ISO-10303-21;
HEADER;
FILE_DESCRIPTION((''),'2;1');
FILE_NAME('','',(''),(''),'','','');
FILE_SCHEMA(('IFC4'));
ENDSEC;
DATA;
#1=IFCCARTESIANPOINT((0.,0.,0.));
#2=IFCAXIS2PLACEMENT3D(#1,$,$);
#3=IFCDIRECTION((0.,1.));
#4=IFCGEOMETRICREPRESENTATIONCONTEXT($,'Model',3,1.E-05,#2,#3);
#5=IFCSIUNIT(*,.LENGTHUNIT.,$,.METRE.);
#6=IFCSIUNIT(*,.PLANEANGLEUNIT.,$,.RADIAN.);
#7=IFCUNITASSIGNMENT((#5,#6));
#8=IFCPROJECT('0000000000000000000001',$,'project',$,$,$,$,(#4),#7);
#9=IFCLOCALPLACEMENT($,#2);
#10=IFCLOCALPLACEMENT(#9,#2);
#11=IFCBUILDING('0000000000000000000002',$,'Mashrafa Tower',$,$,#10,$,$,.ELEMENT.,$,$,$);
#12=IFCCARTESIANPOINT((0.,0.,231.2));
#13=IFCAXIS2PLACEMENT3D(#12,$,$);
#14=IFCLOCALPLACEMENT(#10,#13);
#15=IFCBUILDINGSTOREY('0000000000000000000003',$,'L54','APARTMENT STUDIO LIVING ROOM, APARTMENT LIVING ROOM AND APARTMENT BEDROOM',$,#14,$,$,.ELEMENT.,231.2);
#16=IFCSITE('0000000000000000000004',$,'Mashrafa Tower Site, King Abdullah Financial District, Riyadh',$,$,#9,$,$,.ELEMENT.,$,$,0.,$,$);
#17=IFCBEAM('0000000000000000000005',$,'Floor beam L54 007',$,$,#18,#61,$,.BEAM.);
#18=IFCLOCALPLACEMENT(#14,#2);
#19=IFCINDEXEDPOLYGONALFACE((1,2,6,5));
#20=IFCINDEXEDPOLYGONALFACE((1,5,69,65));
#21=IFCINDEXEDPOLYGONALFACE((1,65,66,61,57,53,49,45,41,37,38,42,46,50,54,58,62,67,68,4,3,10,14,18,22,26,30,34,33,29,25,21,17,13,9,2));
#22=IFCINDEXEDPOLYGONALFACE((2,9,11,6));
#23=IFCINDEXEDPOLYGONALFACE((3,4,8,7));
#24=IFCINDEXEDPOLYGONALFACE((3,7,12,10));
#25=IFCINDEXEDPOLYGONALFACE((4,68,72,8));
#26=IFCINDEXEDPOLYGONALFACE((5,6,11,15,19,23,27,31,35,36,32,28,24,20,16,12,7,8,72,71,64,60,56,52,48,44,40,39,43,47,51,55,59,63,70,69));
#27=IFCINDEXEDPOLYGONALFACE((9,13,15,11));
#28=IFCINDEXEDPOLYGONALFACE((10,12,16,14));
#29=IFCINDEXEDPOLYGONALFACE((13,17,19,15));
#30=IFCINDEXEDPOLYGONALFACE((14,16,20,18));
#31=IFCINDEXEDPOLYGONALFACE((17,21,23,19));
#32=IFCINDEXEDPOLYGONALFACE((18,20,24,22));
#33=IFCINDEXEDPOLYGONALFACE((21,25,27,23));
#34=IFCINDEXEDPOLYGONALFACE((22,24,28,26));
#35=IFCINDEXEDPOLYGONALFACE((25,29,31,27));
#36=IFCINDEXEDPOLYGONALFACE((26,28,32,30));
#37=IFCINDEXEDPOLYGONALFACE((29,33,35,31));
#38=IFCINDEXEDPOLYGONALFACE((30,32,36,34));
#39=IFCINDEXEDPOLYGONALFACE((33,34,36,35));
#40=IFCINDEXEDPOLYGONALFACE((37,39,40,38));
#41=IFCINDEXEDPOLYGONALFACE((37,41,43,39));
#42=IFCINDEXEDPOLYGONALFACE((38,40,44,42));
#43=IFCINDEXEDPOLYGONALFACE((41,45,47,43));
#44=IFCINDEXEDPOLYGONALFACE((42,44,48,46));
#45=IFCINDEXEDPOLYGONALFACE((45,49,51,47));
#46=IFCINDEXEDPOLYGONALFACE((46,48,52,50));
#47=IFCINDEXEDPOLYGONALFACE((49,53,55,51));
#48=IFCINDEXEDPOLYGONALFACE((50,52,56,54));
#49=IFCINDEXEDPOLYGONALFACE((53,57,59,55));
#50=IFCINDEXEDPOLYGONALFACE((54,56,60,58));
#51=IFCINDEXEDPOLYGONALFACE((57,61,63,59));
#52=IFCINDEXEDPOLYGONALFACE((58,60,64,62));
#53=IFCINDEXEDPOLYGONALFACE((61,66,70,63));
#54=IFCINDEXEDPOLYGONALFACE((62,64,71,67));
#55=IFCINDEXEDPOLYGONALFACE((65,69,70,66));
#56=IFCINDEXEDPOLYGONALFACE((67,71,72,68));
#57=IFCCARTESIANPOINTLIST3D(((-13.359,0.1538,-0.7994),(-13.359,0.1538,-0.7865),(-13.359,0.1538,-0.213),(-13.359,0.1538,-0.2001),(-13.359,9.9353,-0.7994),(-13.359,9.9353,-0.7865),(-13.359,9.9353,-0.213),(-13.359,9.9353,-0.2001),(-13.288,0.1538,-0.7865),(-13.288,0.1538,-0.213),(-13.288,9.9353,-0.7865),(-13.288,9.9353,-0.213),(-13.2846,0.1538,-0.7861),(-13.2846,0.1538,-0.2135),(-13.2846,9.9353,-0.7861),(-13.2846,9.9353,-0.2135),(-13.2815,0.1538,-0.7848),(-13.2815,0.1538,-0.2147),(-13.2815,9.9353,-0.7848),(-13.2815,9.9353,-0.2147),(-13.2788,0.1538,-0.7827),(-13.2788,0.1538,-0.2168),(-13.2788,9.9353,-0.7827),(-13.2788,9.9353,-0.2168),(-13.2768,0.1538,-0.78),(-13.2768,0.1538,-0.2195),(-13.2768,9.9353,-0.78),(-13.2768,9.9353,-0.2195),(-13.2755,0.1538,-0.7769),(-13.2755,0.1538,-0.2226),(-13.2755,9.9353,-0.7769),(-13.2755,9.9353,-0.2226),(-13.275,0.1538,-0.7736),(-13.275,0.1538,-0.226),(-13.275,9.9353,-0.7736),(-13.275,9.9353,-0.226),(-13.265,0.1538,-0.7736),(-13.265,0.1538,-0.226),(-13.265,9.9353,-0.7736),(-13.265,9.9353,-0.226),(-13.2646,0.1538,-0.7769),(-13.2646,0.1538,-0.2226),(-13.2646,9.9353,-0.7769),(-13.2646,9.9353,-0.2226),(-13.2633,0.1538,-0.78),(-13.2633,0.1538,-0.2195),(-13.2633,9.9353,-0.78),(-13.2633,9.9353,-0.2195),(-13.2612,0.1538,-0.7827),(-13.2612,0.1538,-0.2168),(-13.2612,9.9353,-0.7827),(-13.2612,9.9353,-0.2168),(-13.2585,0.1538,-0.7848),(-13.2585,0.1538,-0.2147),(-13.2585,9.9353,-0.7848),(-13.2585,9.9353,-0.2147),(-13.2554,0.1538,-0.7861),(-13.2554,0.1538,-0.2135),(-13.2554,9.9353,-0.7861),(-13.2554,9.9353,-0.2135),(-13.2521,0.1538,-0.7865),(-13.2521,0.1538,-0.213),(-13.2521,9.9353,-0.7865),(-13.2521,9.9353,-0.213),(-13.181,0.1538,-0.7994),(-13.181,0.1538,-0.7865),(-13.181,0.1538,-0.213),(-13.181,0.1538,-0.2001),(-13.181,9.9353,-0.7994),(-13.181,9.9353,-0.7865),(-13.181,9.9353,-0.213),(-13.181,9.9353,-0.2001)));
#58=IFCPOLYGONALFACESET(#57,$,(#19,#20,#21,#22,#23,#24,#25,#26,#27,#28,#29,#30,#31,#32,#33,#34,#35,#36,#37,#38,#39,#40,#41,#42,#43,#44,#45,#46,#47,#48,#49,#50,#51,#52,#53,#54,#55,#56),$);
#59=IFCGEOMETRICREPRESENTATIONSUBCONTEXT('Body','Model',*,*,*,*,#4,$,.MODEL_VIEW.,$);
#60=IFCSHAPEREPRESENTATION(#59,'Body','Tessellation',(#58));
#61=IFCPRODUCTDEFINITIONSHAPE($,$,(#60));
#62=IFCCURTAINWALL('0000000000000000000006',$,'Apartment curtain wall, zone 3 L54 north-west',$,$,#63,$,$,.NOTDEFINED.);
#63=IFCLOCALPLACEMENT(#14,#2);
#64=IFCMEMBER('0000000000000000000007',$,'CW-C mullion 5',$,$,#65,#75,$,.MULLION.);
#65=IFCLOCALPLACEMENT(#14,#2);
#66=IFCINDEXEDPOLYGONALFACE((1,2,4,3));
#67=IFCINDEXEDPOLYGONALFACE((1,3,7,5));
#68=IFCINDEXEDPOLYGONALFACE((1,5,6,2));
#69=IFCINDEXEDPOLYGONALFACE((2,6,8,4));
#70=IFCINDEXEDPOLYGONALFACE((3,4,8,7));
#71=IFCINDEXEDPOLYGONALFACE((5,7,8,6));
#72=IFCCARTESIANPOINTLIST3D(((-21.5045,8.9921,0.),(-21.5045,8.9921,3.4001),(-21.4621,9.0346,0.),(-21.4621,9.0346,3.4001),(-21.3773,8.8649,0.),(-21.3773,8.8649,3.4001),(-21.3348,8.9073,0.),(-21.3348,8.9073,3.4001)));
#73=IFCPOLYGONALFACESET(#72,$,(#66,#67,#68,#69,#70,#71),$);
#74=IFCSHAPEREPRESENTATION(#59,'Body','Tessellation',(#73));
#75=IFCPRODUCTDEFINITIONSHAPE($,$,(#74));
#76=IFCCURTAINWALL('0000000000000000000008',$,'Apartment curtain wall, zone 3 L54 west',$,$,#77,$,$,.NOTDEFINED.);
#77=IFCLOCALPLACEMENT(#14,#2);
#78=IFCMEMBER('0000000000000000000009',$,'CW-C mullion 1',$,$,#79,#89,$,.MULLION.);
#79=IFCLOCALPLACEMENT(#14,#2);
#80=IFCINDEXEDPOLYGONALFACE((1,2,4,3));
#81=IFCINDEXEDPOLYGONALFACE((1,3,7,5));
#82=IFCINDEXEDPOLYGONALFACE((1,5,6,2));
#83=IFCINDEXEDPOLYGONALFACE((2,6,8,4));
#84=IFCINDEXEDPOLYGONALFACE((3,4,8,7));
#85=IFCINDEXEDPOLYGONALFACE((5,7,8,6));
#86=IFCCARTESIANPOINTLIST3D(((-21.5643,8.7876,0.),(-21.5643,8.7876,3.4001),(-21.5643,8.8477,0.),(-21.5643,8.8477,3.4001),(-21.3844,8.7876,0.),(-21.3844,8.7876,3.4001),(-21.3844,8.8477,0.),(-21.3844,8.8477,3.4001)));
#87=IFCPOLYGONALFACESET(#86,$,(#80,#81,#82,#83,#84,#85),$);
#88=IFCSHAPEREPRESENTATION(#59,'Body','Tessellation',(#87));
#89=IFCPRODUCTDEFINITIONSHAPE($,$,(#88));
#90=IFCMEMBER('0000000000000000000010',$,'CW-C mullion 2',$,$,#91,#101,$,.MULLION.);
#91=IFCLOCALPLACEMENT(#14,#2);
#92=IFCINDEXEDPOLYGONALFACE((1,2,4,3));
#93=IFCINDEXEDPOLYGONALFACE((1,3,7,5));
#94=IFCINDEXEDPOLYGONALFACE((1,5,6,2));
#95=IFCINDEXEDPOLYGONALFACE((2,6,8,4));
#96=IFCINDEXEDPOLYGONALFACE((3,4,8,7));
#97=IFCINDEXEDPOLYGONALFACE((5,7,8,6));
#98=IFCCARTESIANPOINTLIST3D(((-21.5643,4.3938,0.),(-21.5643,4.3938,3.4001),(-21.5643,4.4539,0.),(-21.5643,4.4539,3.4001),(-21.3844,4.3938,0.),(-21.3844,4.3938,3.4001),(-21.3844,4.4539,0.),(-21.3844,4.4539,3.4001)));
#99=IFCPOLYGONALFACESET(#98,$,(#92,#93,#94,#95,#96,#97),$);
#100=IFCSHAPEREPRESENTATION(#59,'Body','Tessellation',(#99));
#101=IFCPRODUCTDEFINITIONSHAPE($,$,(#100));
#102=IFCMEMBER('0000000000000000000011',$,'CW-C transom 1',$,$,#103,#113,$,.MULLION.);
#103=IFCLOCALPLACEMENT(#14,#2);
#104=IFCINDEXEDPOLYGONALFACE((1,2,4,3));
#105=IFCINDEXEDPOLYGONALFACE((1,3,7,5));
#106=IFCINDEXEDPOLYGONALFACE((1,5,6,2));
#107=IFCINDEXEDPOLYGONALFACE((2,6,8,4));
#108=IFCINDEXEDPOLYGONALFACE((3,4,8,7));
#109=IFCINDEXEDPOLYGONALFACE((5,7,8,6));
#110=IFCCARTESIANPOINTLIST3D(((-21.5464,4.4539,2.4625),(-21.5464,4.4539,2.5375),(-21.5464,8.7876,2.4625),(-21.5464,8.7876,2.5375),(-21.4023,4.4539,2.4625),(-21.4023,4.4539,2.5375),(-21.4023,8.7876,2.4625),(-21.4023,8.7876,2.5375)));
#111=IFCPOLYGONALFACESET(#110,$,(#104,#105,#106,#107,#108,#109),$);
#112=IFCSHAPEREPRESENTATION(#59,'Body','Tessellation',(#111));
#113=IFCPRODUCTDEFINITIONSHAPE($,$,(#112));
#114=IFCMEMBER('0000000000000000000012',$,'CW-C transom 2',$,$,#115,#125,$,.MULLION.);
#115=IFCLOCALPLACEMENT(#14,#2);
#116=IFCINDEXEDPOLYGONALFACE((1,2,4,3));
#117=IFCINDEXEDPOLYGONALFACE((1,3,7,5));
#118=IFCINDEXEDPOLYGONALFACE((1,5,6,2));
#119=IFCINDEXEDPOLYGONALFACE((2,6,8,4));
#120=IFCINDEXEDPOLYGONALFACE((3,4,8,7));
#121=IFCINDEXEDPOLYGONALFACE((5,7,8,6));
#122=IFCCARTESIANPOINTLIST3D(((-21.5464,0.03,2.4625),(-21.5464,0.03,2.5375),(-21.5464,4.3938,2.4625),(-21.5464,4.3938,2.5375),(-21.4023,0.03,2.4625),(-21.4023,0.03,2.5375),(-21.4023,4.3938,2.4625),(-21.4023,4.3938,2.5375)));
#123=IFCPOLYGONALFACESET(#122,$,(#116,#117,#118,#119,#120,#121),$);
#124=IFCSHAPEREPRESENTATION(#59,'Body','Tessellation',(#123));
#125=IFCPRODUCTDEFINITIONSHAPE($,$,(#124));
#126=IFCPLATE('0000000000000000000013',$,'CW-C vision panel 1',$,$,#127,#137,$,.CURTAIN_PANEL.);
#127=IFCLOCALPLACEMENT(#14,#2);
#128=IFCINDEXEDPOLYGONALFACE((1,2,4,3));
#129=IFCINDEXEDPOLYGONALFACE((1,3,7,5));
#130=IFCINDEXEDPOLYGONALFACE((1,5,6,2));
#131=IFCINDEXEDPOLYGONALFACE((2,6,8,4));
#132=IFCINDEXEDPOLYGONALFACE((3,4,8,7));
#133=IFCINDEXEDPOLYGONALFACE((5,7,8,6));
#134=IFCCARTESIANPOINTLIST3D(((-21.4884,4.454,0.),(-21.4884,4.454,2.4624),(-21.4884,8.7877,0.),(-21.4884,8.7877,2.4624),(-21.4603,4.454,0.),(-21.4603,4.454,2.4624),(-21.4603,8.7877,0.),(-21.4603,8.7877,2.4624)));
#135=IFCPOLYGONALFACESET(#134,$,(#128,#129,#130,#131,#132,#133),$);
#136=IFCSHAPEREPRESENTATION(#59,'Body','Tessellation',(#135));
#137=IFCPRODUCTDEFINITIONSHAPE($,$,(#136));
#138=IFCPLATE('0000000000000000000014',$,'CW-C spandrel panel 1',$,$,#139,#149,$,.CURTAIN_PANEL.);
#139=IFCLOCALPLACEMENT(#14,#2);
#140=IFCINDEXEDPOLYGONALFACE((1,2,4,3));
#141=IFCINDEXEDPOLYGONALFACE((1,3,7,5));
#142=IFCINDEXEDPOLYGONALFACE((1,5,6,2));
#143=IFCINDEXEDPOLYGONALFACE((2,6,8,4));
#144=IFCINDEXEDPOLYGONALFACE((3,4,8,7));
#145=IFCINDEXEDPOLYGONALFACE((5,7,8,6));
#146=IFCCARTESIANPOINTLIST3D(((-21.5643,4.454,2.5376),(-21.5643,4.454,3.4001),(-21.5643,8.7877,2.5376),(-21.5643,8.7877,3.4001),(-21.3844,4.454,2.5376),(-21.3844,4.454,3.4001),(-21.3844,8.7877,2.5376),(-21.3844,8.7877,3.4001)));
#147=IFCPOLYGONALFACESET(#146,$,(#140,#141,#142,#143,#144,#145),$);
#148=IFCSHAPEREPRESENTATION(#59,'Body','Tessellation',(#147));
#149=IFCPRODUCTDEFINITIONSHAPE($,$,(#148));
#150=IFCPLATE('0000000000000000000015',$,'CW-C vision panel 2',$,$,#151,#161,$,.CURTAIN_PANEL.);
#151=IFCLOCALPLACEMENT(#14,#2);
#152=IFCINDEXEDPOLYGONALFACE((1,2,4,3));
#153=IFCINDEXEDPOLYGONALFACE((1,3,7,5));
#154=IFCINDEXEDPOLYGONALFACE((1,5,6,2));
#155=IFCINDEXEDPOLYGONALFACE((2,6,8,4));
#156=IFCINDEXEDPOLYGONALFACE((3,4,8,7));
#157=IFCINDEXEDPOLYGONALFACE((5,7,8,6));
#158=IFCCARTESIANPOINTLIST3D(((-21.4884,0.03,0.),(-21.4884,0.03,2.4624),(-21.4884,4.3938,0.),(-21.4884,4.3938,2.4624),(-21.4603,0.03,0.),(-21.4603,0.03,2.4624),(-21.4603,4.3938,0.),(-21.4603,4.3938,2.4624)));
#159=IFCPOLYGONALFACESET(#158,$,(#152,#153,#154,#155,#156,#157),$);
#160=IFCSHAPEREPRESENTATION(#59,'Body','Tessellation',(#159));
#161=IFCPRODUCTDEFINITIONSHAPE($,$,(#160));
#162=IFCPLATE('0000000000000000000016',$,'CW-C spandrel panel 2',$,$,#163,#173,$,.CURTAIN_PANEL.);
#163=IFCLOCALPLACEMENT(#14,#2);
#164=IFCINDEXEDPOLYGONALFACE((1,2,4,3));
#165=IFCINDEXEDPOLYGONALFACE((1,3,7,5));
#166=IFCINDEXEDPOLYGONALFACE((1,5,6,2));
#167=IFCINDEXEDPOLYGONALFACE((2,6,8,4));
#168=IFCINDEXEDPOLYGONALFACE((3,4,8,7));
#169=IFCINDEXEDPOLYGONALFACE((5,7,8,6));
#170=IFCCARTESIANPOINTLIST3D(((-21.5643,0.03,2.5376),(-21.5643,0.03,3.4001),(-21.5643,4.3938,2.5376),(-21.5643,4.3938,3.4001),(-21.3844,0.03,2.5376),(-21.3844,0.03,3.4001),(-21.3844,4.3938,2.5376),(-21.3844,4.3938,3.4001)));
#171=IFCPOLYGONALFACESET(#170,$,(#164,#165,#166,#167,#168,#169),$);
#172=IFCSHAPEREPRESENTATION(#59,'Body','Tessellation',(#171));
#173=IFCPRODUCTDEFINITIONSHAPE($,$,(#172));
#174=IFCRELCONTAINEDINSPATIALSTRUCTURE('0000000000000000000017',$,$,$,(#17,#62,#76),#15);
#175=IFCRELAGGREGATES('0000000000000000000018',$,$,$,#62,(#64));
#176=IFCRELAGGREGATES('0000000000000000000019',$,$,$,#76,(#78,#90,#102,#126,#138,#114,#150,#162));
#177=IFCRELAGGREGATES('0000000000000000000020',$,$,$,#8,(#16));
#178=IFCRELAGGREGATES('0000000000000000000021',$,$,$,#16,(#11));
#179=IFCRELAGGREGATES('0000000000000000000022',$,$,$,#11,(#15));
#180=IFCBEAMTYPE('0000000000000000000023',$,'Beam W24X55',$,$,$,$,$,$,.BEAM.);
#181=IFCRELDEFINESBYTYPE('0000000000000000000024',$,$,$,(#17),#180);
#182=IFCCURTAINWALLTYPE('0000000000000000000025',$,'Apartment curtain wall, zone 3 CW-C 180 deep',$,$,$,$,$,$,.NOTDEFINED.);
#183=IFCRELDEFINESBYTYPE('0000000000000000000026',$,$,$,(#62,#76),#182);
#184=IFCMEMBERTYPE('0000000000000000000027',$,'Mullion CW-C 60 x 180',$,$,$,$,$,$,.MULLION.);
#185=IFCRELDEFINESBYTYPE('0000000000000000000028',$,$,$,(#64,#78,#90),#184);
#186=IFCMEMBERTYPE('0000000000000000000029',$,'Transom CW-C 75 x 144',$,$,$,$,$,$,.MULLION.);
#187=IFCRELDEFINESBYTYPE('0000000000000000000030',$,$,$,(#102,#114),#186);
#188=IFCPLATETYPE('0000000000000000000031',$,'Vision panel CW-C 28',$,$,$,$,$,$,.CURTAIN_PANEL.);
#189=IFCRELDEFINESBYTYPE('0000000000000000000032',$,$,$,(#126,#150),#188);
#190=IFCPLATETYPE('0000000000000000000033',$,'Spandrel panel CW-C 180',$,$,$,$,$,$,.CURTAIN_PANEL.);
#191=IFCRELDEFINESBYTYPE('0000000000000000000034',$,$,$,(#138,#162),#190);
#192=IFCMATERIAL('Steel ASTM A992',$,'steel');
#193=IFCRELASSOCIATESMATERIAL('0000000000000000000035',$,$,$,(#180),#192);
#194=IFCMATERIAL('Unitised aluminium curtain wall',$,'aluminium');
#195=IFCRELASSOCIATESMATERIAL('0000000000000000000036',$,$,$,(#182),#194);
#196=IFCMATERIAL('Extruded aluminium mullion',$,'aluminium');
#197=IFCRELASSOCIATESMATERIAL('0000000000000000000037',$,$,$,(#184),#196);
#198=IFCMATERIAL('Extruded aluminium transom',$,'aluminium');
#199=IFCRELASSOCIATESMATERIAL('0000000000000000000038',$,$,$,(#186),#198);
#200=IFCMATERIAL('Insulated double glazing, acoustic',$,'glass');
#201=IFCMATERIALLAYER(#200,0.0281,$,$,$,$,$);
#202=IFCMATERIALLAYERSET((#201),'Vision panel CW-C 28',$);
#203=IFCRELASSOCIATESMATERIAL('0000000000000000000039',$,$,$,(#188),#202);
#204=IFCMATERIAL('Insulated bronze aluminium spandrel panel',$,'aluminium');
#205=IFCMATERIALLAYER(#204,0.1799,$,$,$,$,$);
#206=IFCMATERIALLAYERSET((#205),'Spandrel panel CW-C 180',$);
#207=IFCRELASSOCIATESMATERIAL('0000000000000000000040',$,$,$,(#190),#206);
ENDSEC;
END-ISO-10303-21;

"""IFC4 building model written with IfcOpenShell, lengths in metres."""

from ifc_helpers import new_model, si_unit, direction, frame, origin, origin_2d, place, context, subcontext, project, spatial, rectangle, i_section, extrude, source, transform, mapped, material, layer, layer_set, material_profile, profile_set, type_object, type_shapes, element, aggregate, save


model = new_model("IFC4")

# Units and contexts
model_context = context("Model", 3, precision=1e-05, world=origin(), true_north=direction((0.0, 1.0)))
body_context = subcontext(model_context, "Body", "Model", "MODEL_VIEW")
ifc_project = project(units=[si_unit("LENGTHUNIT", "METRE"), si_unit("PLANEANGLEUNIT", "RADIAN")], contexts=[model_context])

# Site, building, storey
site_placement = place(None, origin())
site = spatial("IfcSite", under=ifc_project, at=site_placement, Name="Mashrafa Tower Site, King Abdullah Financial District, Riyadh", CompositionType="ELEMENT", RefElevation=0.0)
building_placement = place(site_placement, origin())
building = spatial("IfcBuilding", under=site, at=building_placement, Name="Mashrafa Tower", CompositionType="ELEMENT")
storey_placement = place(building_placement, frame((0.0, 0.0, 231.2)))
storey = spatial("IfcBuildingStorey", under=building, at=storey_placement, Name="L54", Description="APARTMENT STUDIO LIVING ROOM, APARTMENT LIVING ROOM AND APARTMENT BEDROOM", CompositionType="ELEMENT", Elevation=231.2)

# Beam
ifc_material_1 = material(Name="Steel ASTM A992", Category="steel")
ifc_material_profile_1 = material_profile(ifc_material_1, i_section(OverallWidth=0.178, OverallDepth=0.5994, WebThickness=0.01, FlangeThickness=0.0129, FilletRadius=0.0129, at=origin_2d()), Name="W24X55")
ifc_profile_set_1 = profile_set([ifc_material_profile_1], Name="Steel ASTM A992")
beam_type_1 = type_object("IfcBeamType", Name="Beam W24X55", PredefinedType="BEAM", material=ifc_profile_set_1)
beam_1_placement = place(storey_placement, frame((-13.27, 0.1538, -0.4998), z_axis=(0.0, 1.0, 0.0), x_axis=(-1.0, 0.0, 0.0)))
element("IfcBeam", 1, at=beam_1_placement, inside=storey, type_object=beam_type_1, Name="Floor beam L54 007", PredefinedType="BEAM", context=body_context, shape_type="SweptSolid", body=[
    extrude(i_section(OverallWidth=0.178, OverallDepth=0.5994, WebThickness=0.01, FlangeThickness=0.0129, FilletRadius=0.0129, at=origin_2d()), origin(), (0.0, 0.0, 1.0), 9.7815),
])

# Curtain wall, member
ifc_material_2 = material(Name="Unitised aluminium curtain wall", Category="aluminium")
curtain_wall_type = type_object("IfcCurtainWallType", Name="Apartment curtain wall, zone 3 CW-C 180 deep", PredefinedType="NOTDEFINED", material=ifc_material_2)
curtain_wall_1_placement = place(storey_placement, origin())
curtain_wall_1 = element("IfcCurtainWall", 2, at=curtain_wall_1_placement, inside=storey, type_object=curtain_wall_type, Name="Apartment curtain wall, zone 3 L54 north-west", PredefinedType="NOTDEFINED")
ifc_material_3 = material(Name="Extruded aluminium mullion", Category="aluminium")
ifc_material_profile_2 = material_profile(ifc_material_3, rectangle(XDim=0.1799, YDim=0.0601, at=origin_2d()), Name="Mullion 60x180")
ifc_profile_set_2 = profile_set([ifc_material_profile_2], Name="Extruded aluminium mullion")
member_type_1 = type_object("IfcMemberType", Name="Mullion CW-C 60 x 180", PredefinedType="MULLION", material=ifc_profile_set_2)
shared_shape_1 = source(origin(), body_context, "Body", "SweptSolid", [
    extrude(rectangle(XDim=0.1799, YDim=0.0601, at=origin_2d()), origin(), (0.0, 0.0, 1.0), 3.4001),
])
type_shapes(member_type_1, [shared_shape_1])
member_1_placement = place(storey_placement, frame((-21.4197, 8.9497, 0.0), z_axis=(0.0, 0.0, 1.0), x_axis=(0.707107, -0.707107, 0.0)))
member_1 = element("IfcMember", 3, at=member_1_placement, type_object=member_type_1, Name="CW-C mullion 5", PredefinedType="MULLION", context=body_context, shape_type="MappedRepresentation", body=[
    mapped(shared_shape_1, transform((0.0, 0.0, 0.0))),
])
aggregate(curtain_wall_1, [member_1])

# Curtain wall, members, plates
curtain_wall_2_placement = place(storey_placement, origin())
curtain_wall_2 = element("IfcCurtainWall", 4, at=curtain_wall_2_placement, inside=storey, type_object=curtain_wall_type, Name="Apartment curtain wall, zone 3 L54 west", PredefinedType="NOTDEFINED")
member_2_placement = place(storey_placement, frame((-21.4744, 8.8176, 0.0), z_axis=(0.0, 0.0, 1.0), x_axis=(1.0, 0.0, 0.0)))
member_2 = element("IfcMember", 5, at=member_2_placement, type_object=member_type_1, Name="CW-C mullion 1", PredefinedType="MULLION", context=body_context, shape_type="MappedRepresentation", body=[
    mapped(shared_shape_1, transform((0.0, 0.0, 0.0))),
])
member_3_placement = place(storey_placement, frame((-21.4744, 4.4238, 0.0), z_axis=(0.0, 0.0, 1.0), x_axis=(1.0, 0.0, 0.0)))
member_3 = element("IfcMember", 6, at=member_3_placement, type_object=member_type_1, Name="CW-C mullion 2", PredefinedType="MULLION", context=body_context, shape_type="MappedRepresentation", body=[
    mapped(shared_shape_1, transform((0.0, 0.0, 0.0))),
])
ifc_material_4 = material(Name="Extruded aluminium transom", Category="aluminium")
ifc_material_profile_3 = material_profile(ifc_material_4, rectangle(XDim=0.144, YDim=0.075, at=origin_2d()), Name="Transom 75x144")
ifc_profile_set_3 = profile_set([ifc_material_profile_3], Name="Extruded aluminium transom")
member_type_2 = type_object("IfcMemberType", Name="Transom CW-C 75 x 144", PredefinedType="MULLION", material=ifc_profile_set_3)
shared_shape_2 = source(origin(), body_context, "Body", "SweptSolid", [
    extrude(rectangle(XDim=0.144, YDim=0.075, at=origin_2d()), origin(), (0.0, 0.0, 1.0), 4.3337),
])
member_4_placement = place(storey_placement, frame((-21.4744, 8.7876, 2.5), z_axis=(0.0, -1.0, 0.0), x_axis=(1.0, 0.0, 0.0)))
member_4 = element("IfcMember", 7, at=member_4_placement, type_object=member_type_2, Name="CW-C transom 1", PredefinedType="MULLION", context=body_context, shape_type="MappedRepresentation", body=[
    mapped(shared_shape_2, transform((0.0, 0.0, 0.0))),
])
shared_shape_3 = source(origin(), body_context, "Body", "SweptSolid", [
    extrude(rectangle(XDim=0.144, YDim=0.075, at=origin_2d()), origin(), (0.0, 0.0, 1.0), 4.3638),
])
type_shapes(member_type_2, [shared_shape_2, shared_shape_3])
member_5_placement = place(storey_placement, frame((-21.4744, 4.3938, 2.5), z_axis=(0.0, -1.0, 0.0), x_axis=(1.0, 0.0, 0.0)))
member_5 = element("IfcMember", 8, at=member_5_placement, type_object=member_type_2, Name="CW-C transom 2", PredefinedType="MULLION", context=body_context, shape_type="MappedRepresentation", body=[
    mapped(shared_shape_3, transform((0.0, 0.0, 0.0))),
])
ifc_material_5 = material(Name="Insulated double glazing, acoustic", Category="glass")
ifc_layer_1 = layer(ifc_material_5, 0.0281)
ifc_layer_set_1 = layer_set([ifc_layer_1], Name="Vision panel CW-C 28")
plate_type_1 = type_object("IfcPlateType", Name="Vision panel CW-C 28", PredefinedType="CURTAIN_PANEL", material=ifc_layer_set_1)
shared_shape_4 = source(origin(), body_context, "Body", "SweptSolid", [
    extrude(rectangle(XDim=4.3337, YDim=0.0281, at=origin_2d()), origin(), (0.0, 0.0, 1.0), 2.4624),
])
plate_1_placement = place(storey_placement, frame((-21.4744, 6.6208, 0.0), z_axis=(0.0, 0.0, 1.0), x_axis=(0.0, -1.0, 0.0)))
plate_1 = element("IfcPlate", 9, at=plate_1_placement, type_object=plate_type_1, Name="CW-C vision panel 1", PredefinedType="CURTAIN_PANEL", context=body_context, shape_type="MappedRepresentation", body=[
    mapped(shared_shape_4, transform((0.0, 0.0, 0.0))),
])
ifc_material_6 = material(Name="Insulated bronze aluminium spandrel panel", Category="aluminium")
ifc_layer_2 = layer(ifc_material_6, 0.1799)
ifc_layer_set_2 = layer_set([ifc_layer_2], Name="Spandrel panel CW-C 180")
plate_type_2 = type_object("IfcPlateType", Name="Spandrel panel CW-C 180", PredefinedType="CURTAIN_PANEL", material=ifc_layer_set_2)
shared_shape_5 = source(origin(), body_context, "Body", "SweptSolid", [
    extrude(rectangle(XDim=4.3337, YDim=0.1799, at=origin_2d()), origin(), (0.0, 0.0, 1.0), 0.8625),
])
plate_2_placement = place(storey_placement, frame((-21.4744, 6.6208, 2.5376), z_axis=(0.0, 0.0, 1.0), x_axis=(0.0, -1.0, 0.0)))
plate_2 = element("IfcPlate", 10, at=plate_2_placement, type_object=plate_type_2, Name="CW-C spandrel panel 1", PredefinedType="CURTAIN_PANEL", context=body_context, shape_type="MappedRepresentation", body=[
    mapped(shared_shape_5, transform((0.0, 0.0, 0.0))),
])
shared_shape_6 = source(origin(), body_context, "Body", "SweptSolid", [
    extrude(rectangle(XDim=4.3638, YDim=0.0281, at=origin_2d()), origin(), (0.0, 0.0, 1.0), 2.4624),
])
type_shapes(plate_type_1, [shared_shape_4, shared_shape_6])
plate_3_placement = place(storey_placement, frame((-21.4744, 2.2119, 0.0), z_axis=(0.0, 0.0, 1.0), x_axis=(0.0, -1.0, 0.0)))
plate_3 = element("IfcPlate", 11, at=plate_3_placement, type_object=plate_type_1, Name="CW-C vision panel 2", PredefinedType="CURTAIN_PANEL", context=body_context, shape_type="MappedRepresentation", body=[
    mapped(shared_shape_6, transform((0.0, 0.0, 0.0))),
])
shared_shape_7 = source(origin(), body_context, "Body", "SweptSolid", [
    extrude(rectangle(XDim=4.3638, YDim=0.1799, at=origin_2d()), origin(), (0.0, 0.0, 1.0), 0.8625),
])
type_shapes(plate_type_2, [shared_shape_5, shared_shape_7])
plate_4_placement = place(storey_placement, frame((-21.4744, 2.2119, 2.5376), z_axis=(0.0, 0.0, 1.0), x_axis=(0.0, -1.0, 0.0)))
plate_4 = element("IfcPlate", 12, at=plate_4_placement, type_object=plate_type_2, Name="CW-C spandrel panel 2", PredefinedType="CURTAIN_PANEL", context=body_context, shape_type="MappedRepresentation", body=[
    mapped(shared_shape_7, transform((0.0, 0.0, 0.0))),
])
aggregate(curtain_wall_2, [member_2, member_3, member_4, plate_1, plate_2, member_5, plate_3, plate_4])

save(model, "model.ifc")
